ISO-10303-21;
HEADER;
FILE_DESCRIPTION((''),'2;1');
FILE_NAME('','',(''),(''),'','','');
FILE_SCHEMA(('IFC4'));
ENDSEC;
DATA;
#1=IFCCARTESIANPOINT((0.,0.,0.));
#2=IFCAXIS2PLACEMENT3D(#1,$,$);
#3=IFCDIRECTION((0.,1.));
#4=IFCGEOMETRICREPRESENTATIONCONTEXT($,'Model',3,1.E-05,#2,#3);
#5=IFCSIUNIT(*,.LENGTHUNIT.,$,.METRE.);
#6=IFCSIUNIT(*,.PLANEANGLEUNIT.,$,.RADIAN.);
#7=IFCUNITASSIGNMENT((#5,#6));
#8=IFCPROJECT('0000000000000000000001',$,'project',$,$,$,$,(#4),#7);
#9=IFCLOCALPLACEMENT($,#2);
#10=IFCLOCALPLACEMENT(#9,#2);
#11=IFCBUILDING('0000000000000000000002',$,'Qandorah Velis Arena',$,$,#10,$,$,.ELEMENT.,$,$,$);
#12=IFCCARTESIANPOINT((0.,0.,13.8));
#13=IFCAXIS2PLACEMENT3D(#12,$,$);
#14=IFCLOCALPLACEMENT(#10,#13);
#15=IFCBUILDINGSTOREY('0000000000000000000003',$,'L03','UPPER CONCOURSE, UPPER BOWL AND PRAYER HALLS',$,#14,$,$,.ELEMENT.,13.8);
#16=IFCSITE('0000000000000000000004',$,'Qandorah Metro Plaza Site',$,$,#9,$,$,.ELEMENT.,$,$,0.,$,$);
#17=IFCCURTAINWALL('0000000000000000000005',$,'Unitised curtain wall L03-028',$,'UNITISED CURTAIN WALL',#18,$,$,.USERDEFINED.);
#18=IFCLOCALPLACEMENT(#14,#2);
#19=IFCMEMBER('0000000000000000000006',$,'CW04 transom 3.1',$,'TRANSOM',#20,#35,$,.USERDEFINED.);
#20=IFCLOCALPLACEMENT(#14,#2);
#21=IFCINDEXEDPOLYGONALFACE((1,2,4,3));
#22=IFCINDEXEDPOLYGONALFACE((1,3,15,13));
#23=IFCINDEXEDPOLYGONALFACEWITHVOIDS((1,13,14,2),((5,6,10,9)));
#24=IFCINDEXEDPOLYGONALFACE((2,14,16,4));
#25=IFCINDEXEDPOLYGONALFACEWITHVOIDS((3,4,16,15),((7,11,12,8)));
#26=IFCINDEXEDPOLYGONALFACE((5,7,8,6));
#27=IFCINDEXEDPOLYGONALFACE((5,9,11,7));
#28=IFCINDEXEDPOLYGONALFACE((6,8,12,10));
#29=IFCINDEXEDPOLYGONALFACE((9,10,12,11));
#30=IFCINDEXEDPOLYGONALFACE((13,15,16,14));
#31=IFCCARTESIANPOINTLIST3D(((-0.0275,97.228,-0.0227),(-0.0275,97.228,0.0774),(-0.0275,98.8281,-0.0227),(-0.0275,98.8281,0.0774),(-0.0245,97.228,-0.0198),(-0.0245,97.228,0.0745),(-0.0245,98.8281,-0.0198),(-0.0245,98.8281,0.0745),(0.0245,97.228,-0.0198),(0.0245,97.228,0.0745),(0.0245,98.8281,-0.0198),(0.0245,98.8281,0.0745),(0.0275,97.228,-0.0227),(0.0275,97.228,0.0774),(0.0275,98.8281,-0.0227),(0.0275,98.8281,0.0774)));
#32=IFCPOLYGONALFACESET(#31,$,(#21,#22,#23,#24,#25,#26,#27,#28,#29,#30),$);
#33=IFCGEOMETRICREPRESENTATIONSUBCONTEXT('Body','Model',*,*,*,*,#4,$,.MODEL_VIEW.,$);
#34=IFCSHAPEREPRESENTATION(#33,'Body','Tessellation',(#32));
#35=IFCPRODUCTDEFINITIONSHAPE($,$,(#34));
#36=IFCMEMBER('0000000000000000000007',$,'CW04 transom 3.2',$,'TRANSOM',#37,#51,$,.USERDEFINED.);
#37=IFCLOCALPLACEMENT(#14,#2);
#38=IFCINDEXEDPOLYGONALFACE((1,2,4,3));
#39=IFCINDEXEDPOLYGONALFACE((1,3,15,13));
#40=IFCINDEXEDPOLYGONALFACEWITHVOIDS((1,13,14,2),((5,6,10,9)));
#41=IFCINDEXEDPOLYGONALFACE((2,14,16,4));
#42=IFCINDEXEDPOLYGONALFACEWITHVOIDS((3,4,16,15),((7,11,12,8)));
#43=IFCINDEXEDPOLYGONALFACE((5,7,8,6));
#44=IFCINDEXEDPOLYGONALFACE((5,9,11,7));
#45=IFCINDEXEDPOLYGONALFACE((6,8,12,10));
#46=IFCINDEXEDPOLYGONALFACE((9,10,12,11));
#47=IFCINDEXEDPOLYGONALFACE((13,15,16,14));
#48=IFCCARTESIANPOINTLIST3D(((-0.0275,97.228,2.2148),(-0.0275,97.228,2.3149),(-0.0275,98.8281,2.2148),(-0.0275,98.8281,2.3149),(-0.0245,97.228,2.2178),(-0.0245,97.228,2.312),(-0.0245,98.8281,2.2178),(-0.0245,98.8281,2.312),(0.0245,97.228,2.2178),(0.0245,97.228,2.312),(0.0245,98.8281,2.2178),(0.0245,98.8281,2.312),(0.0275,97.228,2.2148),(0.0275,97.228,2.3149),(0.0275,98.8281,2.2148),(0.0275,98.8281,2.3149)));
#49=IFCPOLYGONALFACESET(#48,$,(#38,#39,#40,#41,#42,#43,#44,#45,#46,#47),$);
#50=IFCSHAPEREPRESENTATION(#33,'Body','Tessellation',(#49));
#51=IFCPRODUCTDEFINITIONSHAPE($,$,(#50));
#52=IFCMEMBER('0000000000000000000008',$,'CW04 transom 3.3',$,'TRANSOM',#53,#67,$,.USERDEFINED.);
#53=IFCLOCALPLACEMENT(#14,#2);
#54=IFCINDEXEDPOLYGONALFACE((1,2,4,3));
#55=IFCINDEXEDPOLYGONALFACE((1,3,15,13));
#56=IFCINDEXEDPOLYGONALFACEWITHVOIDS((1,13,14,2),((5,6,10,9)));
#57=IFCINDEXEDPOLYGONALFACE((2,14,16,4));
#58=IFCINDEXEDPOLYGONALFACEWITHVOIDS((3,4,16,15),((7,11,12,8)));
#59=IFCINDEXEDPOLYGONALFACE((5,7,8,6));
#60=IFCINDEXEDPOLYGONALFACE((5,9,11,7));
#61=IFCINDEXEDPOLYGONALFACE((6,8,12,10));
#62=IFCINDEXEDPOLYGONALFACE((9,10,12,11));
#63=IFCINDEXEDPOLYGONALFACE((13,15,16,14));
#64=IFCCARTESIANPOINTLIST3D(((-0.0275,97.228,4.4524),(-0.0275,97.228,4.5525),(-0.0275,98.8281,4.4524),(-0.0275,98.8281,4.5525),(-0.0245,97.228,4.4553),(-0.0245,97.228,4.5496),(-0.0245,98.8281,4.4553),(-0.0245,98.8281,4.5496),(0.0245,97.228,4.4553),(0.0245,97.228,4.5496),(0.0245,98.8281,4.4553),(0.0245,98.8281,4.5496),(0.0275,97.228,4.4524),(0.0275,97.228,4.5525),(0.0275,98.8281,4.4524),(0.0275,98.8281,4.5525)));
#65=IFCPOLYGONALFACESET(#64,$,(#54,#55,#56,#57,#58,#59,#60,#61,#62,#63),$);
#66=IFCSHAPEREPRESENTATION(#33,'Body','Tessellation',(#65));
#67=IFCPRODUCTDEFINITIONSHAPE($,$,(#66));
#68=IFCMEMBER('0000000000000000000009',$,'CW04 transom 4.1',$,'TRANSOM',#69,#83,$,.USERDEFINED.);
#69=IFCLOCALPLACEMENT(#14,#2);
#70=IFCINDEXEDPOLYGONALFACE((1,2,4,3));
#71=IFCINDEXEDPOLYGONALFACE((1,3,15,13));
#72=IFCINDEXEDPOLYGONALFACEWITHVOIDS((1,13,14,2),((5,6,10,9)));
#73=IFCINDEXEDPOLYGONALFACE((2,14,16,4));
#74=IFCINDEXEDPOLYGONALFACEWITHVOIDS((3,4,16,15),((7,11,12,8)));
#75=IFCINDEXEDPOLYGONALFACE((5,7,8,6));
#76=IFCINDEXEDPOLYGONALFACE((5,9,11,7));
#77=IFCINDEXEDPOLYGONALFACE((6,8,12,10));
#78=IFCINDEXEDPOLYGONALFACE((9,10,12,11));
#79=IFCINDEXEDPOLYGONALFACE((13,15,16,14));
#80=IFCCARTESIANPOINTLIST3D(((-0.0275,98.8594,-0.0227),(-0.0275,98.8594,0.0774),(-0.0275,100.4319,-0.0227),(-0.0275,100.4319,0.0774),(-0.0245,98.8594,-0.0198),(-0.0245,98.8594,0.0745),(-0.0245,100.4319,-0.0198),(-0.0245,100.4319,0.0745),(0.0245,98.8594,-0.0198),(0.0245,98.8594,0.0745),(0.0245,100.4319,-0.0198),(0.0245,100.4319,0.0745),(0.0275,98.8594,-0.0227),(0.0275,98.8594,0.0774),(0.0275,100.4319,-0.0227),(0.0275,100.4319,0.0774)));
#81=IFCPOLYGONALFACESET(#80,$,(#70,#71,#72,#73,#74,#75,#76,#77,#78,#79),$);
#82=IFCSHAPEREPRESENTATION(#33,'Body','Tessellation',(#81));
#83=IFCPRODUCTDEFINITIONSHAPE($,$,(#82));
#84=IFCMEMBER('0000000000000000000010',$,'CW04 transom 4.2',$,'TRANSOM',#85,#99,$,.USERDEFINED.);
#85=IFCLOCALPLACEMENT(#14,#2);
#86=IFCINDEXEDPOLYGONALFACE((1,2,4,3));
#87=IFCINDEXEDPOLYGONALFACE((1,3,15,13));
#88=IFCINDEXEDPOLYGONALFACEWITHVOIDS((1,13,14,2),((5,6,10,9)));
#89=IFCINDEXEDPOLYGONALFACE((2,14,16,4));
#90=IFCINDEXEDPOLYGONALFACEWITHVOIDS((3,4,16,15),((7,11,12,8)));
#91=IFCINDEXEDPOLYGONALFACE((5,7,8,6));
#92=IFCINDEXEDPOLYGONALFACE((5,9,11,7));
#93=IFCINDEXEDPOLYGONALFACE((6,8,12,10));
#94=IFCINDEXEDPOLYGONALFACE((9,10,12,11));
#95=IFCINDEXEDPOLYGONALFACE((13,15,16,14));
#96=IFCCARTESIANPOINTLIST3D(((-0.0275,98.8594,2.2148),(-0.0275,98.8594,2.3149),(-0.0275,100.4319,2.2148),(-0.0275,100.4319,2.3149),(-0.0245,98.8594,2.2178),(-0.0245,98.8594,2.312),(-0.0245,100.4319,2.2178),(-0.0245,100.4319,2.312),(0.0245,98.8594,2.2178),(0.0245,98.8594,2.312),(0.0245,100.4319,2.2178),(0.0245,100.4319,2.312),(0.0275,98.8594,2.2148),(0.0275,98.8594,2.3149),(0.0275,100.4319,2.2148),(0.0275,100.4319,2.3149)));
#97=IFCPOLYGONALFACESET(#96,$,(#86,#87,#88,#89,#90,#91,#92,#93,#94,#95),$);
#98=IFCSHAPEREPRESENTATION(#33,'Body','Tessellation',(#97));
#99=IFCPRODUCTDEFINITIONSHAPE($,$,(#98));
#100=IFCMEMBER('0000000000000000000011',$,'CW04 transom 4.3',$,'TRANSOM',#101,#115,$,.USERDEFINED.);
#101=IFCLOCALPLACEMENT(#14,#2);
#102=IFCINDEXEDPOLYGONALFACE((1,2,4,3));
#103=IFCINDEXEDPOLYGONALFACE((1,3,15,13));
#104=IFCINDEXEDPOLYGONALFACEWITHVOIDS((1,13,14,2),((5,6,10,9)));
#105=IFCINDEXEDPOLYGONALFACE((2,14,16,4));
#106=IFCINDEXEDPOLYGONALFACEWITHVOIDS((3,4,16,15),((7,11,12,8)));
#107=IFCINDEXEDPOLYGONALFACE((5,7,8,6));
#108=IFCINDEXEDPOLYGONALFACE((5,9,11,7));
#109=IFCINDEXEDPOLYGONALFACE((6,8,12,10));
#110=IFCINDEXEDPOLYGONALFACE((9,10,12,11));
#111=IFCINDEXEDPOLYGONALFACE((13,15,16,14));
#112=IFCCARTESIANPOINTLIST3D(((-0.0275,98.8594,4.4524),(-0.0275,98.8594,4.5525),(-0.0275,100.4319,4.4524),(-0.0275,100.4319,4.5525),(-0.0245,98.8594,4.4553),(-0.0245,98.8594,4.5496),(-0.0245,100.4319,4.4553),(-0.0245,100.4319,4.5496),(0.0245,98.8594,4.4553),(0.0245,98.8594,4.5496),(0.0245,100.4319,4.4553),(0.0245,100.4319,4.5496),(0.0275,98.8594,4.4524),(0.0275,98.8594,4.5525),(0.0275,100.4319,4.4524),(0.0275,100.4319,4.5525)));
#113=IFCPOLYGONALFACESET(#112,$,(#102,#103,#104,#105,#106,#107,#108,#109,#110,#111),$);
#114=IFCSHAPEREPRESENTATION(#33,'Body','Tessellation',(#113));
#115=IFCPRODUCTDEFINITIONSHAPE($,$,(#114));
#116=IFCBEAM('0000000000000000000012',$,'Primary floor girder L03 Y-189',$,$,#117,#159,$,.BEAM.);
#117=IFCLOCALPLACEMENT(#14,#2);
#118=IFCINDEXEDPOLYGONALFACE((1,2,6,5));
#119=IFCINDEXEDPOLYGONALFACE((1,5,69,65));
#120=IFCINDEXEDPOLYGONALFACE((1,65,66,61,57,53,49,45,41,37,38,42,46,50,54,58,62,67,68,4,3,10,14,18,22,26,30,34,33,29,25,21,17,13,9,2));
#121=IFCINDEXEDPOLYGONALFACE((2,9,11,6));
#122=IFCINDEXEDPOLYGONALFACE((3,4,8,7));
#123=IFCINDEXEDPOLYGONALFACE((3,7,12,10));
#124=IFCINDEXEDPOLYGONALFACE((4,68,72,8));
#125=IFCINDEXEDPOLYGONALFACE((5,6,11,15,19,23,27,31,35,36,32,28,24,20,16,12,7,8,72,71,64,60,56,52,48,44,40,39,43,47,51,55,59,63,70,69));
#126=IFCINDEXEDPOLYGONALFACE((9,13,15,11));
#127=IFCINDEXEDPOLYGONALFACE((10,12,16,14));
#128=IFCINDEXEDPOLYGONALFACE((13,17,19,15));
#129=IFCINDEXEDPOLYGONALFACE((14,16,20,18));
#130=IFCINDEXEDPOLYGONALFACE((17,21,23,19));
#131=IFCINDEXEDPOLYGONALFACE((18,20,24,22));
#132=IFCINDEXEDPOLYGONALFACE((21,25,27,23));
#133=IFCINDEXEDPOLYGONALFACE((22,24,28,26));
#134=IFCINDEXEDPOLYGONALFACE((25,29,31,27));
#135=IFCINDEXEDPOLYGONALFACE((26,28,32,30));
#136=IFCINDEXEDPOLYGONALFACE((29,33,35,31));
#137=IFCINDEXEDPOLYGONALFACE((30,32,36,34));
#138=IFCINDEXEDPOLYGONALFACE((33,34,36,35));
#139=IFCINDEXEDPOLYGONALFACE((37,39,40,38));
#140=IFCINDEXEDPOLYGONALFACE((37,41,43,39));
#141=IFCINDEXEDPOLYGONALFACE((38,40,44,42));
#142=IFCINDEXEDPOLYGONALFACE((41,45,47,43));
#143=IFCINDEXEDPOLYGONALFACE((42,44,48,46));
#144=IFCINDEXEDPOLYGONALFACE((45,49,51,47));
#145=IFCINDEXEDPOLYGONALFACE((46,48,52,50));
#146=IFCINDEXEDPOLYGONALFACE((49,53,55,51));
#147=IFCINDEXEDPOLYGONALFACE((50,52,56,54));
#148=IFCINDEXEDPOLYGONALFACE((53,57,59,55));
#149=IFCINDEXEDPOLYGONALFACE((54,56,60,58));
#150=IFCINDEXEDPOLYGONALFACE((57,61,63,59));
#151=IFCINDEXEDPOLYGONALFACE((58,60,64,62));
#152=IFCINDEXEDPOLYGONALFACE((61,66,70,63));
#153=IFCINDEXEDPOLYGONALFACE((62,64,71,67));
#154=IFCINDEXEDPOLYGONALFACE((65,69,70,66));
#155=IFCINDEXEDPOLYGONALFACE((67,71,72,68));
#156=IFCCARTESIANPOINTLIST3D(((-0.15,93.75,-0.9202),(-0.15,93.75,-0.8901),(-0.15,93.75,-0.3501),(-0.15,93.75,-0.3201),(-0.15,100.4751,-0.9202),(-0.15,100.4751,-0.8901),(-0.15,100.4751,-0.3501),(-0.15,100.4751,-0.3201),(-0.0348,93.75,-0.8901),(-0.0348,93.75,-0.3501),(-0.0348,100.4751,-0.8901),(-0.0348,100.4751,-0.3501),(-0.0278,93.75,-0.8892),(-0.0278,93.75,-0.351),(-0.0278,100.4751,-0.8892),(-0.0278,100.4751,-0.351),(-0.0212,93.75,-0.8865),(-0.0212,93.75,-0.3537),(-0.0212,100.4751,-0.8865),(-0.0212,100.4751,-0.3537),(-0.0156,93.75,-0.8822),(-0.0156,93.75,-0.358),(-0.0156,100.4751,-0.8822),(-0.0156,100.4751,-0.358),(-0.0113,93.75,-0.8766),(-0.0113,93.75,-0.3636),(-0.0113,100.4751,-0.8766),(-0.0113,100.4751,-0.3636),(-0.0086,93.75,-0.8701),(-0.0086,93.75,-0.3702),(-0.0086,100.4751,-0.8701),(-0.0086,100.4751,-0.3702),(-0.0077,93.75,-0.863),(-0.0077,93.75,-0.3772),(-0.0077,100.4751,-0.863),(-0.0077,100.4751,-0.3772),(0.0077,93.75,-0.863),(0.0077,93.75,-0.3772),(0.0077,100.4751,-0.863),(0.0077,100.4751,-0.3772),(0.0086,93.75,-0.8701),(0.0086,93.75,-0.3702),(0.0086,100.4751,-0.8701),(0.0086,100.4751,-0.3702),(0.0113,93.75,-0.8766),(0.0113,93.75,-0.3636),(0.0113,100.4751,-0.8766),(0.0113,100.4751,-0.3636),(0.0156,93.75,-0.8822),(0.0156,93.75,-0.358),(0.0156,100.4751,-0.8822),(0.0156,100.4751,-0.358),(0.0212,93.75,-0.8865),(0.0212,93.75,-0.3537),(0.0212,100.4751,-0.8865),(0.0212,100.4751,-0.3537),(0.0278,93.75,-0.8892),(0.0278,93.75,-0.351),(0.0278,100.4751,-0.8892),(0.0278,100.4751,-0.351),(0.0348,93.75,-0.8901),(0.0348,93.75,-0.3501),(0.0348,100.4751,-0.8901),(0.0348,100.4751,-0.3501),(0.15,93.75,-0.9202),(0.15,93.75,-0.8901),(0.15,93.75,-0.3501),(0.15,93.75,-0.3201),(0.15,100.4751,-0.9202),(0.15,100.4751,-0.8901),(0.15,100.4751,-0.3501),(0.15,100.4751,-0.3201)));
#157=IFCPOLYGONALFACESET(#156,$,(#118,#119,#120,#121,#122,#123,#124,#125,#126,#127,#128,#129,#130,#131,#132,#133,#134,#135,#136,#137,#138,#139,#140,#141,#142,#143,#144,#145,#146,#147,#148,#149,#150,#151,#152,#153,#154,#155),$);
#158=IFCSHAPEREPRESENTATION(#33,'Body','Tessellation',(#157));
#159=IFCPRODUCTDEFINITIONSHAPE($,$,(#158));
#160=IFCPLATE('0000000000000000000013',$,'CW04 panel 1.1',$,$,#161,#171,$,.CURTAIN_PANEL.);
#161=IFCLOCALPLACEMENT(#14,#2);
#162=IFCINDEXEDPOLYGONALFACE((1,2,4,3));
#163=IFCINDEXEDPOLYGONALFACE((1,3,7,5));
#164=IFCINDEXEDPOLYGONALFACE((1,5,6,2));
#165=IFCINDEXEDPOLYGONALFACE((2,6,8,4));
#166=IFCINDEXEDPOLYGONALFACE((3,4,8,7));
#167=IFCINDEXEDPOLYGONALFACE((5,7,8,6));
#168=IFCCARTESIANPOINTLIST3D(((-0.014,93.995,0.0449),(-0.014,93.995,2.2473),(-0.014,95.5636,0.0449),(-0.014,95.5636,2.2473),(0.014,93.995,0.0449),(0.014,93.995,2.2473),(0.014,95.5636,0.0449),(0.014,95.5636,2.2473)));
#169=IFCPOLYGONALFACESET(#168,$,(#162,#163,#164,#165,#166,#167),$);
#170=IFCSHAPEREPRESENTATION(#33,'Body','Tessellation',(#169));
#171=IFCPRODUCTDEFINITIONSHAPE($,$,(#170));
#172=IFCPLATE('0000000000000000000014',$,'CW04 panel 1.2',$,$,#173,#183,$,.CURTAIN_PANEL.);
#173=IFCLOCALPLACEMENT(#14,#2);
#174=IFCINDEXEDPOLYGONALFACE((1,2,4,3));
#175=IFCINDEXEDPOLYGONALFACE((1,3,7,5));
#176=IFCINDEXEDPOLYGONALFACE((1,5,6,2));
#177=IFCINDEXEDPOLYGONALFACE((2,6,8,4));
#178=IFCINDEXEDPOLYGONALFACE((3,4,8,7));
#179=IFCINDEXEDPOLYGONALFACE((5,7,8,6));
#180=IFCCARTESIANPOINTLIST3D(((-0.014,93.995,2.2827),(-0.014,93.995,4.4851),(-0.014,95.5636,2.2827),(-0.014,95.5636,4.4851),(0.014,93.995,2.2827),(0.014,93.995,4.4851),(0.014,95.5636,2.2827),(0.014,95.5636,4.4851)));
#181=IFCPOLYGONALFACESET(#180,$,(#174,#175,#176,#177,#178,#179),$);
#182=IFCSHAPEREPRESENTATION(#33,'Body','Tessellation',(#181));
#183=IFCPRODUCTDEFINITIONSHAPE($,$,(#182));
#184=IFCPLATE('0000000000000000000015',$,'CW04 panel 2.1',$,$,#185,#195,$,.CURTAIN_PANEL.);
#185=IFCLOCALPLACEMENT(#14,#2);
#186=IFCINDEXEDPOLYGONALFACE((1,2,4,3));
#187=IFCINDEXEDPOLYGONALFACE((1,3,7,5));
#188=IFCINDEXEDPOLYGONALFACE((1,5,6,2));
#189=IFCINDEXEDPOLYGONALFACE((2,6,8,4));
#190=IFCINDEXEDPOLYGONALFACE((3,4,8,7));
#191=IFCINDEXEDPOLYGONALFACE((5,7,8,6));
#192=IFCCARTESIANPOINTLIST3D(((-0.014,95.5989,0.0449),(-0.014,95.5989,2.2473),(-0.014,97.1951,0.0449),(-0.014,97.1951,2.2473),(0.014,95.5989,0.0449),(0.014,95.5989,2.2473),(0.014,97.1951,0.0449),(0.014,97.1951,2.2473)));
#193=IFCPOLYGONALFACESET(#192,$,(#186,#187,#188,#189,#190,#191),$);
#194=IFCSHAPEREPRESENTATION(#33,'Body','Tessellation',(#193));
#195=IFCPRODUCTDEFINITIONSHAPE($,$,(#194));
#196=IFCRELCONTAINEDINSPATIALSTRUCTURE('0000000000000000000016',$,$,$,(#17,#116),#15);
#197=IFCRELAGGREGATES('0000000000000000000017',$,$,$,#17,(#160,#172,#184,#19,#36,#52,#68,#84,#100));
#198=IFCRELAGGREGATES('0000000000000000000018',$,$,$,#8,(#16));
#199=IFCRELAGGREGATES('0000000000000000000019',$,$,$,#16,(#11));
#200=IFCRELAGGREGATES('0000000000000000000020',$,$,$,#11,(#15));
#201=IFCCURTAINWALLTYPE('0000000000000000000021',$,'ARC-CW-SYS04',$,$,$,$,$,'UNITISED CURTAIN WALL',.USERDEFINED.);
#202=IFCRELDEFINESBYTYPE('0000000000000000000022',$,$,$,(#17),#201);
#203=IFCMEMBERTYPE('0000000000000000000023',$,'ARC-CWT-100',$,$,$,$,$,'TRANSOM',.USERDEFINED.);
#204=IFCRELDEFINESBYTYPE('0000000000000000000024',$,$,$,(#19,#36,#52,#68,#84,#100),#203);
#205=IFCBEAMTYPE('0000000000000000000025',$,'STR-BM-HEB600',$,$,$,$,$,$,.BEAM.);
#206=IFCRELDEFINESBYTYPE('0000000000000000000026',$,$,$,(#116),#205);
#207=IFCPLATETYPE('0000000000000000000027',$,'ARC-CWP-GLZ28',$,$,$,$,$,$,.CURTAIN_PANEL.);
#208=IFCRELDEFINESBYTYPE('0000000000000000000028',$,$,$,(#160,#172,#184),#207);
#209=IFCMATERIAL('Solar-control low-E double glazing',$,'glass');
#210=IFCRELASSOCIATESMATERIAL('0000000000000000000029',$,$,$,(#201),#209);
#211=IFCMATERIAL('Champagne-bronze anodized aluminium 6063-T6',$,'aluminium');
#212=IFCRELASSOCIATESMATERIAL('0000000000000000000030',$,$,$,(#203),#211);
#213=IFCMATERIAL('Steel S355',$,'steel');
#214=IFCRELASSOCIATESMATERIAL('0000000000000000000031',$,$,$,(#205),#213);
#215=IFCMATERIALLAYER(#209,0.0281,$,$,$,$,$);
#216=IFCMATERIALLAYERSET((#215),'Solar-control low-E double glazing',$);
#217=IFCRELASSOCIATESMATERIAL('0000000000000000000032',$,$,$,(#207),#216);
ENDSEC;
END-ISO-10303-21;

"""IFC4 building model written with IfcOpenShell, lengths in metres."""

from ifc_helpers import new_model, si_unit, direction, frame, origin, origin_2d, place, context, subcontext, project, spatial, rectangle, hollow_rectangle, i_section, extrude, material, layer, layer_set, material_profile, profile_set, type_object, element, aggregate, save


model = new_model("IFC4")

# Units and contexts
model_context = context("Model", 3, precision=1e-05, world=origin(), true_north=direction((0.0, 1.0)))
body_context = subcontext(model_context, "Body", "Model", "MODEL_VIEW")
ifc_project = project(units=[si_unit("LENGTHUNIT", "METRE"), si_unit("PLANEANGLEUNIT", "RADIAN")], contexts=[model_context])

# Site, building, storey
site_placement = place(None, origin())
site = spatial("IfcSite", under=ifc_project, at=site_placement, Name="Qandorah Metro Plaza Site", CompositionType="ELEMENT", RefElevation=0.0)
building_placement = place(site_placement, origin())
building = spatial("IfcBuilding", under=site, at=building_placement, Name="Qandorah Velis Arena", CompositionType="ELEMENT")
storey_placement = place(building_placement, frame((0.0, 0.0, 13.8)))
storey = spatial("IfcBuildingStorey", under=building, at=storey_placement, Name="L03", Description="UPPER CONCOURSE, UPPER BOWL AND PRAYER HALLS", CompositionType="ELEMENT", Elevation=13.8)

# Curtain wall, members
ifc_material_1 = material(Name="Solar-control low-E double glazing", Category="glass")
curtain_wall_type = type_object("IfcCurtainWallType", Name="ARC-CW-SYS04", ElementType="UNITISED CURTAIN WALL", PredefinedType="USERDEFINED", material=ifc_material_1)
curtain_wall_placement = place(storey_placement, origin())
curtain_wall = element("IfcCurtainWall", 1, at=curtain_wall_placement, inside=storey, type_object=curtain_wall_type, Name="Unitised curtain wall L03-028", ObjectType="UNITISED CURTAIN WALL", PredefinedType="USERDEFINED")
ifc_material_2 = material(Name="Champagne-bronze anodized aluminium 6063-T6", Category="aluminium")
ifc_material_profile_1 = material_profile(ifc_material_2, hollow_rectangle(XDim=0.0549, YDim=0.1001, WallThickness=0.0029, at=origin_2d()), Name="ALU TRANSOM 55x100")
ifc_profile_set_1 = profile_set([ifc_material_profile_1], Name="Champagne-bronze anodized aluminium 6063-T6")
member_type_1 = type_object("IfcMemberType", Name="ARC-CWT-100", ElementType="TRANSOM", PredefinedType="USERDEFINED", material=ifc_profile_set_1)
member_1_placement = place(storey_placement, frame((0.0, 97.228, 0.0273), z_axis=(0.0, 1.0, 0.0), x_axis=(-1.0, 0.0, 0.0)))
member_1 = element("IfcMember", 2, at=member_1_placement, type_object=member_type_1, Name="CW04 transom 3.1", ObjectType="TRANSOM", PredefinedType="USERDEFINED", context=body_context, shape_type="SweptSolid", body=[
    extrude(hollow_rectangle(XDim=0.0549, YDim=0.1001, WallThickness=0.0029, at=origin_2d()), origin(), (0.0, 0.0, 1.0), 1.6001),
])
member_2_placement = place(storey_placement, frame((0.0, 97.228, 2.2649), z_axis=(0.0, 1.0, 0.0), x_axis=(-1.0, 0.0, 0.0)))
member_2 = element("IfcMember", 3, at=member_2_placement, type_object=member_type_1, Name="CW04 transom 3.2", ObjectType="TRANSOM", PredefinedType="USERDEFINED", context=body_context, shape_type="SweptSolid", body=[
    extrude(hollow_rectangle(XDim=0.0549, YDim=0.1001, WallThickness=0.0029, at=origin_2d()), origin(), (0.0, 0.0, 1.0), 1.6001),
])
member_3_placement = place(storey_placement, frame((0.0, 97.228, 4.5024), z_axis=(0.0, 1.0, 0.0), x_axis=(-1.0, 0.0, 0.0)))
member_3 = element("IfcMember", 4, at=member_3_placement, type_object=member_type_1, Name="CW04 transom 3.3", ObjectType="TRANSOM", PredefinedType="USERDEFINED", context=body_context, shape_type="SweptSolid", body=[
    extrude(hollow_rectangle(XDim=0.0549, YDim=0.1001, WallThickness=0.0029, at=origin_2d()), origin(), (0.0, 0.0, 1.0), 1.6001),
])
member_4_placement = place(storey_placement, frame((0.0, 98.8594, 0.0273), z_axis=(0.0, 1.0, 0.0), x_axis=(-1.0, 0.0, 0.0)))
member_4 = element("IfcMember", 5, at=member_4_placement, type_object=member_type_1, Name="CW04 transom 4.1", ObjectType="TRANSOM", PredefinedType="USERDEFINED", context=body_context, shape_type="SweptSolid", body=[
    extrude(hollow_rectangle(XDim=0.0549, YDim=0.1001, WallThickness=0.0029, at=origin_2d()), origin(), (0.0, 0.0, 1.0), 1.5725),
])
member_5_placement = place(storey_placement, frame((0.0, 98.8594, 2.2649), z_axis=(0.0, 1.0, 0.0), x_axis=(-1.0, 0.0, 0.0)))
member_5 = element("IfcMember", 6, at=member_5_placement, type_object=member_type_1, Name="CW04 transom 4.2", ObjectType="TRANSOM", PredefinedType="USERDEFINED", context=body_context, shape_type="SweptSolid", body=[
    extrude(hollow_rectangle(XDim=0.0549, YDim=0.1001, WallThickness=0.0029, at=origin_2d()), origin(), (0.0, 0.0, 1.0), 1.5725),
])
member_6_placement = place(storey_placement, frame((0.0, 98.8594, 4.5024), z_axis=(0.0, 1.0, 0.0), x_axis=(-1.0, 0.0, 0.0)))
member_6 = element("IfcMember", 7, at=member_6_placement, type_object=member_type_1, Name="CW04 transom 4.3", ObjectType="TRANSOM", PredefinedType="USERDEFINED", context=body_context, shape_type="SweptSolid", body=[
    extrude(hollow_rectangle(XDim=0.0549, YDim=0.1001, WallThickness=0.0029, at=origin_2d()), origin(), (0.0, 0.0, 1.0), 1.5725),
])

# Beam
ifc_material_3 = material(Name="Steel S355", Category="steel")
ifc_material_profile_2 = material_profile(ifc_material_3, i_section(OverallWidth=0.3, OverallDepth=0.6001, WebThickness=0.0154, FlangeThickness=0.03, FilletRadius=0.0271, at=origin_2d()), Name="HEB 600")
ifc_profile_set_2 = profile_set([ifc_material_profile_2], Name="Steel S355")
beam_type = type_object("IfcBeamType", Name="STR-BM-HEB600", PredefinedType="BEAM", material=ifc_profile_set_2)
beam_placement = place(storey_placement, frame((0.0, 93.75, -0.6201), z_axis=(0.0, 1.0, 0.0), x_axis=(-1.0, 0.0, 0.0)))
element("IfcBeam", 8, at=beam_placement, inside=storey, type_object=beam_type, Name="Primary floor girder L03 Y-189", PredefinedType="BEAM", context=body_context, shape_type="SweptSolid", body=[
    extrude(i_section(OverallWidth=0.3, OverallDepth=0.6001, WebThickness=0.0154, FlangeThickness=0.03, FilletRadius=0.0271, at=origin_2d()), origin(), (0.0, 0.0, 1.0), 6.7251),
])

# Plates
ifc_layer_1 = layer(ifc_material_1, 0.0281)
ifc_layer_set_1 = layer_set([ifc_layer_1], Name="Solar-control low-E double glazing")
plate_type = type_object("IfcPlateType", Name="ARC-CWP-GLZ28", PredefinedType="CURTAIN_PANEL", material=ifc_layer_set_1)
plate_1_placement = place(storey_placement, frame((0.0, 94.7793, 0.0449), z_axis=(0.0, 0.0, 1.0), x_axis=(0.0, 1.0, 0.0)))
plate_1 = element("IfcPlate", 9, at=plate_1_placement, type_object=plate_type, Name="CW04 panel 1.1", PredefinedType="CURTAIN_PANEL", context=body_context, shape_type="SweptSolid", body=[
    extrude(rectangle(XDim=1.5686, YDim=0.0281, at=origin_2d()), origin(), (0.0, 0.0, 1.0), 2.2024),
])
plate_2_placement = place(storey_placement, frame((0.0, 94.7793, 2.2827), z_axis=(0.0, 0.0, 1.0), x_axis=(0.0, 1.0, 0.0)))
plate_2 = element("IfcPlate", 10, at=plate_2_placement, type_object=plate_type, Name="CW04 panel 1.2", PredefinedType="CURTAIN_PANEL", context=body_context, shape_type="SweptSolid", body=[
    extrude(rectangle(XDim=1.5686, YDim=0.0281, at=origin_2d()), origin(), (0.0, 0.0, 1.0), 2.2024),
])
plate_3_placement = place(storey_placement, frame((0.0, 96.397, 0.0449), z_axis=(0.0, 0.0, 1.0), x_axis=(0.0, 1.0, 0.0)))
plate_3 = element("IfcPlate", 11, at=plate_3_placement, type_object=plate_type, Name="CW04 panel 2.1", PredefinedType="CURTAIN_PANEL", context=body_context, shape_type="SweptSolid", body=[
    extrude(rectangle(XDim=1.5962, YDim=0.0281, at=origin_2d()), origin(), (0.0, 0.0, 1.0), 2.2024),
])
aggregate(curtain_wall, [plate_1, plate_2, plate_3, member_1, member_2, member_3, member_4, member_5, member_6])

save(model, "model.ifc")
